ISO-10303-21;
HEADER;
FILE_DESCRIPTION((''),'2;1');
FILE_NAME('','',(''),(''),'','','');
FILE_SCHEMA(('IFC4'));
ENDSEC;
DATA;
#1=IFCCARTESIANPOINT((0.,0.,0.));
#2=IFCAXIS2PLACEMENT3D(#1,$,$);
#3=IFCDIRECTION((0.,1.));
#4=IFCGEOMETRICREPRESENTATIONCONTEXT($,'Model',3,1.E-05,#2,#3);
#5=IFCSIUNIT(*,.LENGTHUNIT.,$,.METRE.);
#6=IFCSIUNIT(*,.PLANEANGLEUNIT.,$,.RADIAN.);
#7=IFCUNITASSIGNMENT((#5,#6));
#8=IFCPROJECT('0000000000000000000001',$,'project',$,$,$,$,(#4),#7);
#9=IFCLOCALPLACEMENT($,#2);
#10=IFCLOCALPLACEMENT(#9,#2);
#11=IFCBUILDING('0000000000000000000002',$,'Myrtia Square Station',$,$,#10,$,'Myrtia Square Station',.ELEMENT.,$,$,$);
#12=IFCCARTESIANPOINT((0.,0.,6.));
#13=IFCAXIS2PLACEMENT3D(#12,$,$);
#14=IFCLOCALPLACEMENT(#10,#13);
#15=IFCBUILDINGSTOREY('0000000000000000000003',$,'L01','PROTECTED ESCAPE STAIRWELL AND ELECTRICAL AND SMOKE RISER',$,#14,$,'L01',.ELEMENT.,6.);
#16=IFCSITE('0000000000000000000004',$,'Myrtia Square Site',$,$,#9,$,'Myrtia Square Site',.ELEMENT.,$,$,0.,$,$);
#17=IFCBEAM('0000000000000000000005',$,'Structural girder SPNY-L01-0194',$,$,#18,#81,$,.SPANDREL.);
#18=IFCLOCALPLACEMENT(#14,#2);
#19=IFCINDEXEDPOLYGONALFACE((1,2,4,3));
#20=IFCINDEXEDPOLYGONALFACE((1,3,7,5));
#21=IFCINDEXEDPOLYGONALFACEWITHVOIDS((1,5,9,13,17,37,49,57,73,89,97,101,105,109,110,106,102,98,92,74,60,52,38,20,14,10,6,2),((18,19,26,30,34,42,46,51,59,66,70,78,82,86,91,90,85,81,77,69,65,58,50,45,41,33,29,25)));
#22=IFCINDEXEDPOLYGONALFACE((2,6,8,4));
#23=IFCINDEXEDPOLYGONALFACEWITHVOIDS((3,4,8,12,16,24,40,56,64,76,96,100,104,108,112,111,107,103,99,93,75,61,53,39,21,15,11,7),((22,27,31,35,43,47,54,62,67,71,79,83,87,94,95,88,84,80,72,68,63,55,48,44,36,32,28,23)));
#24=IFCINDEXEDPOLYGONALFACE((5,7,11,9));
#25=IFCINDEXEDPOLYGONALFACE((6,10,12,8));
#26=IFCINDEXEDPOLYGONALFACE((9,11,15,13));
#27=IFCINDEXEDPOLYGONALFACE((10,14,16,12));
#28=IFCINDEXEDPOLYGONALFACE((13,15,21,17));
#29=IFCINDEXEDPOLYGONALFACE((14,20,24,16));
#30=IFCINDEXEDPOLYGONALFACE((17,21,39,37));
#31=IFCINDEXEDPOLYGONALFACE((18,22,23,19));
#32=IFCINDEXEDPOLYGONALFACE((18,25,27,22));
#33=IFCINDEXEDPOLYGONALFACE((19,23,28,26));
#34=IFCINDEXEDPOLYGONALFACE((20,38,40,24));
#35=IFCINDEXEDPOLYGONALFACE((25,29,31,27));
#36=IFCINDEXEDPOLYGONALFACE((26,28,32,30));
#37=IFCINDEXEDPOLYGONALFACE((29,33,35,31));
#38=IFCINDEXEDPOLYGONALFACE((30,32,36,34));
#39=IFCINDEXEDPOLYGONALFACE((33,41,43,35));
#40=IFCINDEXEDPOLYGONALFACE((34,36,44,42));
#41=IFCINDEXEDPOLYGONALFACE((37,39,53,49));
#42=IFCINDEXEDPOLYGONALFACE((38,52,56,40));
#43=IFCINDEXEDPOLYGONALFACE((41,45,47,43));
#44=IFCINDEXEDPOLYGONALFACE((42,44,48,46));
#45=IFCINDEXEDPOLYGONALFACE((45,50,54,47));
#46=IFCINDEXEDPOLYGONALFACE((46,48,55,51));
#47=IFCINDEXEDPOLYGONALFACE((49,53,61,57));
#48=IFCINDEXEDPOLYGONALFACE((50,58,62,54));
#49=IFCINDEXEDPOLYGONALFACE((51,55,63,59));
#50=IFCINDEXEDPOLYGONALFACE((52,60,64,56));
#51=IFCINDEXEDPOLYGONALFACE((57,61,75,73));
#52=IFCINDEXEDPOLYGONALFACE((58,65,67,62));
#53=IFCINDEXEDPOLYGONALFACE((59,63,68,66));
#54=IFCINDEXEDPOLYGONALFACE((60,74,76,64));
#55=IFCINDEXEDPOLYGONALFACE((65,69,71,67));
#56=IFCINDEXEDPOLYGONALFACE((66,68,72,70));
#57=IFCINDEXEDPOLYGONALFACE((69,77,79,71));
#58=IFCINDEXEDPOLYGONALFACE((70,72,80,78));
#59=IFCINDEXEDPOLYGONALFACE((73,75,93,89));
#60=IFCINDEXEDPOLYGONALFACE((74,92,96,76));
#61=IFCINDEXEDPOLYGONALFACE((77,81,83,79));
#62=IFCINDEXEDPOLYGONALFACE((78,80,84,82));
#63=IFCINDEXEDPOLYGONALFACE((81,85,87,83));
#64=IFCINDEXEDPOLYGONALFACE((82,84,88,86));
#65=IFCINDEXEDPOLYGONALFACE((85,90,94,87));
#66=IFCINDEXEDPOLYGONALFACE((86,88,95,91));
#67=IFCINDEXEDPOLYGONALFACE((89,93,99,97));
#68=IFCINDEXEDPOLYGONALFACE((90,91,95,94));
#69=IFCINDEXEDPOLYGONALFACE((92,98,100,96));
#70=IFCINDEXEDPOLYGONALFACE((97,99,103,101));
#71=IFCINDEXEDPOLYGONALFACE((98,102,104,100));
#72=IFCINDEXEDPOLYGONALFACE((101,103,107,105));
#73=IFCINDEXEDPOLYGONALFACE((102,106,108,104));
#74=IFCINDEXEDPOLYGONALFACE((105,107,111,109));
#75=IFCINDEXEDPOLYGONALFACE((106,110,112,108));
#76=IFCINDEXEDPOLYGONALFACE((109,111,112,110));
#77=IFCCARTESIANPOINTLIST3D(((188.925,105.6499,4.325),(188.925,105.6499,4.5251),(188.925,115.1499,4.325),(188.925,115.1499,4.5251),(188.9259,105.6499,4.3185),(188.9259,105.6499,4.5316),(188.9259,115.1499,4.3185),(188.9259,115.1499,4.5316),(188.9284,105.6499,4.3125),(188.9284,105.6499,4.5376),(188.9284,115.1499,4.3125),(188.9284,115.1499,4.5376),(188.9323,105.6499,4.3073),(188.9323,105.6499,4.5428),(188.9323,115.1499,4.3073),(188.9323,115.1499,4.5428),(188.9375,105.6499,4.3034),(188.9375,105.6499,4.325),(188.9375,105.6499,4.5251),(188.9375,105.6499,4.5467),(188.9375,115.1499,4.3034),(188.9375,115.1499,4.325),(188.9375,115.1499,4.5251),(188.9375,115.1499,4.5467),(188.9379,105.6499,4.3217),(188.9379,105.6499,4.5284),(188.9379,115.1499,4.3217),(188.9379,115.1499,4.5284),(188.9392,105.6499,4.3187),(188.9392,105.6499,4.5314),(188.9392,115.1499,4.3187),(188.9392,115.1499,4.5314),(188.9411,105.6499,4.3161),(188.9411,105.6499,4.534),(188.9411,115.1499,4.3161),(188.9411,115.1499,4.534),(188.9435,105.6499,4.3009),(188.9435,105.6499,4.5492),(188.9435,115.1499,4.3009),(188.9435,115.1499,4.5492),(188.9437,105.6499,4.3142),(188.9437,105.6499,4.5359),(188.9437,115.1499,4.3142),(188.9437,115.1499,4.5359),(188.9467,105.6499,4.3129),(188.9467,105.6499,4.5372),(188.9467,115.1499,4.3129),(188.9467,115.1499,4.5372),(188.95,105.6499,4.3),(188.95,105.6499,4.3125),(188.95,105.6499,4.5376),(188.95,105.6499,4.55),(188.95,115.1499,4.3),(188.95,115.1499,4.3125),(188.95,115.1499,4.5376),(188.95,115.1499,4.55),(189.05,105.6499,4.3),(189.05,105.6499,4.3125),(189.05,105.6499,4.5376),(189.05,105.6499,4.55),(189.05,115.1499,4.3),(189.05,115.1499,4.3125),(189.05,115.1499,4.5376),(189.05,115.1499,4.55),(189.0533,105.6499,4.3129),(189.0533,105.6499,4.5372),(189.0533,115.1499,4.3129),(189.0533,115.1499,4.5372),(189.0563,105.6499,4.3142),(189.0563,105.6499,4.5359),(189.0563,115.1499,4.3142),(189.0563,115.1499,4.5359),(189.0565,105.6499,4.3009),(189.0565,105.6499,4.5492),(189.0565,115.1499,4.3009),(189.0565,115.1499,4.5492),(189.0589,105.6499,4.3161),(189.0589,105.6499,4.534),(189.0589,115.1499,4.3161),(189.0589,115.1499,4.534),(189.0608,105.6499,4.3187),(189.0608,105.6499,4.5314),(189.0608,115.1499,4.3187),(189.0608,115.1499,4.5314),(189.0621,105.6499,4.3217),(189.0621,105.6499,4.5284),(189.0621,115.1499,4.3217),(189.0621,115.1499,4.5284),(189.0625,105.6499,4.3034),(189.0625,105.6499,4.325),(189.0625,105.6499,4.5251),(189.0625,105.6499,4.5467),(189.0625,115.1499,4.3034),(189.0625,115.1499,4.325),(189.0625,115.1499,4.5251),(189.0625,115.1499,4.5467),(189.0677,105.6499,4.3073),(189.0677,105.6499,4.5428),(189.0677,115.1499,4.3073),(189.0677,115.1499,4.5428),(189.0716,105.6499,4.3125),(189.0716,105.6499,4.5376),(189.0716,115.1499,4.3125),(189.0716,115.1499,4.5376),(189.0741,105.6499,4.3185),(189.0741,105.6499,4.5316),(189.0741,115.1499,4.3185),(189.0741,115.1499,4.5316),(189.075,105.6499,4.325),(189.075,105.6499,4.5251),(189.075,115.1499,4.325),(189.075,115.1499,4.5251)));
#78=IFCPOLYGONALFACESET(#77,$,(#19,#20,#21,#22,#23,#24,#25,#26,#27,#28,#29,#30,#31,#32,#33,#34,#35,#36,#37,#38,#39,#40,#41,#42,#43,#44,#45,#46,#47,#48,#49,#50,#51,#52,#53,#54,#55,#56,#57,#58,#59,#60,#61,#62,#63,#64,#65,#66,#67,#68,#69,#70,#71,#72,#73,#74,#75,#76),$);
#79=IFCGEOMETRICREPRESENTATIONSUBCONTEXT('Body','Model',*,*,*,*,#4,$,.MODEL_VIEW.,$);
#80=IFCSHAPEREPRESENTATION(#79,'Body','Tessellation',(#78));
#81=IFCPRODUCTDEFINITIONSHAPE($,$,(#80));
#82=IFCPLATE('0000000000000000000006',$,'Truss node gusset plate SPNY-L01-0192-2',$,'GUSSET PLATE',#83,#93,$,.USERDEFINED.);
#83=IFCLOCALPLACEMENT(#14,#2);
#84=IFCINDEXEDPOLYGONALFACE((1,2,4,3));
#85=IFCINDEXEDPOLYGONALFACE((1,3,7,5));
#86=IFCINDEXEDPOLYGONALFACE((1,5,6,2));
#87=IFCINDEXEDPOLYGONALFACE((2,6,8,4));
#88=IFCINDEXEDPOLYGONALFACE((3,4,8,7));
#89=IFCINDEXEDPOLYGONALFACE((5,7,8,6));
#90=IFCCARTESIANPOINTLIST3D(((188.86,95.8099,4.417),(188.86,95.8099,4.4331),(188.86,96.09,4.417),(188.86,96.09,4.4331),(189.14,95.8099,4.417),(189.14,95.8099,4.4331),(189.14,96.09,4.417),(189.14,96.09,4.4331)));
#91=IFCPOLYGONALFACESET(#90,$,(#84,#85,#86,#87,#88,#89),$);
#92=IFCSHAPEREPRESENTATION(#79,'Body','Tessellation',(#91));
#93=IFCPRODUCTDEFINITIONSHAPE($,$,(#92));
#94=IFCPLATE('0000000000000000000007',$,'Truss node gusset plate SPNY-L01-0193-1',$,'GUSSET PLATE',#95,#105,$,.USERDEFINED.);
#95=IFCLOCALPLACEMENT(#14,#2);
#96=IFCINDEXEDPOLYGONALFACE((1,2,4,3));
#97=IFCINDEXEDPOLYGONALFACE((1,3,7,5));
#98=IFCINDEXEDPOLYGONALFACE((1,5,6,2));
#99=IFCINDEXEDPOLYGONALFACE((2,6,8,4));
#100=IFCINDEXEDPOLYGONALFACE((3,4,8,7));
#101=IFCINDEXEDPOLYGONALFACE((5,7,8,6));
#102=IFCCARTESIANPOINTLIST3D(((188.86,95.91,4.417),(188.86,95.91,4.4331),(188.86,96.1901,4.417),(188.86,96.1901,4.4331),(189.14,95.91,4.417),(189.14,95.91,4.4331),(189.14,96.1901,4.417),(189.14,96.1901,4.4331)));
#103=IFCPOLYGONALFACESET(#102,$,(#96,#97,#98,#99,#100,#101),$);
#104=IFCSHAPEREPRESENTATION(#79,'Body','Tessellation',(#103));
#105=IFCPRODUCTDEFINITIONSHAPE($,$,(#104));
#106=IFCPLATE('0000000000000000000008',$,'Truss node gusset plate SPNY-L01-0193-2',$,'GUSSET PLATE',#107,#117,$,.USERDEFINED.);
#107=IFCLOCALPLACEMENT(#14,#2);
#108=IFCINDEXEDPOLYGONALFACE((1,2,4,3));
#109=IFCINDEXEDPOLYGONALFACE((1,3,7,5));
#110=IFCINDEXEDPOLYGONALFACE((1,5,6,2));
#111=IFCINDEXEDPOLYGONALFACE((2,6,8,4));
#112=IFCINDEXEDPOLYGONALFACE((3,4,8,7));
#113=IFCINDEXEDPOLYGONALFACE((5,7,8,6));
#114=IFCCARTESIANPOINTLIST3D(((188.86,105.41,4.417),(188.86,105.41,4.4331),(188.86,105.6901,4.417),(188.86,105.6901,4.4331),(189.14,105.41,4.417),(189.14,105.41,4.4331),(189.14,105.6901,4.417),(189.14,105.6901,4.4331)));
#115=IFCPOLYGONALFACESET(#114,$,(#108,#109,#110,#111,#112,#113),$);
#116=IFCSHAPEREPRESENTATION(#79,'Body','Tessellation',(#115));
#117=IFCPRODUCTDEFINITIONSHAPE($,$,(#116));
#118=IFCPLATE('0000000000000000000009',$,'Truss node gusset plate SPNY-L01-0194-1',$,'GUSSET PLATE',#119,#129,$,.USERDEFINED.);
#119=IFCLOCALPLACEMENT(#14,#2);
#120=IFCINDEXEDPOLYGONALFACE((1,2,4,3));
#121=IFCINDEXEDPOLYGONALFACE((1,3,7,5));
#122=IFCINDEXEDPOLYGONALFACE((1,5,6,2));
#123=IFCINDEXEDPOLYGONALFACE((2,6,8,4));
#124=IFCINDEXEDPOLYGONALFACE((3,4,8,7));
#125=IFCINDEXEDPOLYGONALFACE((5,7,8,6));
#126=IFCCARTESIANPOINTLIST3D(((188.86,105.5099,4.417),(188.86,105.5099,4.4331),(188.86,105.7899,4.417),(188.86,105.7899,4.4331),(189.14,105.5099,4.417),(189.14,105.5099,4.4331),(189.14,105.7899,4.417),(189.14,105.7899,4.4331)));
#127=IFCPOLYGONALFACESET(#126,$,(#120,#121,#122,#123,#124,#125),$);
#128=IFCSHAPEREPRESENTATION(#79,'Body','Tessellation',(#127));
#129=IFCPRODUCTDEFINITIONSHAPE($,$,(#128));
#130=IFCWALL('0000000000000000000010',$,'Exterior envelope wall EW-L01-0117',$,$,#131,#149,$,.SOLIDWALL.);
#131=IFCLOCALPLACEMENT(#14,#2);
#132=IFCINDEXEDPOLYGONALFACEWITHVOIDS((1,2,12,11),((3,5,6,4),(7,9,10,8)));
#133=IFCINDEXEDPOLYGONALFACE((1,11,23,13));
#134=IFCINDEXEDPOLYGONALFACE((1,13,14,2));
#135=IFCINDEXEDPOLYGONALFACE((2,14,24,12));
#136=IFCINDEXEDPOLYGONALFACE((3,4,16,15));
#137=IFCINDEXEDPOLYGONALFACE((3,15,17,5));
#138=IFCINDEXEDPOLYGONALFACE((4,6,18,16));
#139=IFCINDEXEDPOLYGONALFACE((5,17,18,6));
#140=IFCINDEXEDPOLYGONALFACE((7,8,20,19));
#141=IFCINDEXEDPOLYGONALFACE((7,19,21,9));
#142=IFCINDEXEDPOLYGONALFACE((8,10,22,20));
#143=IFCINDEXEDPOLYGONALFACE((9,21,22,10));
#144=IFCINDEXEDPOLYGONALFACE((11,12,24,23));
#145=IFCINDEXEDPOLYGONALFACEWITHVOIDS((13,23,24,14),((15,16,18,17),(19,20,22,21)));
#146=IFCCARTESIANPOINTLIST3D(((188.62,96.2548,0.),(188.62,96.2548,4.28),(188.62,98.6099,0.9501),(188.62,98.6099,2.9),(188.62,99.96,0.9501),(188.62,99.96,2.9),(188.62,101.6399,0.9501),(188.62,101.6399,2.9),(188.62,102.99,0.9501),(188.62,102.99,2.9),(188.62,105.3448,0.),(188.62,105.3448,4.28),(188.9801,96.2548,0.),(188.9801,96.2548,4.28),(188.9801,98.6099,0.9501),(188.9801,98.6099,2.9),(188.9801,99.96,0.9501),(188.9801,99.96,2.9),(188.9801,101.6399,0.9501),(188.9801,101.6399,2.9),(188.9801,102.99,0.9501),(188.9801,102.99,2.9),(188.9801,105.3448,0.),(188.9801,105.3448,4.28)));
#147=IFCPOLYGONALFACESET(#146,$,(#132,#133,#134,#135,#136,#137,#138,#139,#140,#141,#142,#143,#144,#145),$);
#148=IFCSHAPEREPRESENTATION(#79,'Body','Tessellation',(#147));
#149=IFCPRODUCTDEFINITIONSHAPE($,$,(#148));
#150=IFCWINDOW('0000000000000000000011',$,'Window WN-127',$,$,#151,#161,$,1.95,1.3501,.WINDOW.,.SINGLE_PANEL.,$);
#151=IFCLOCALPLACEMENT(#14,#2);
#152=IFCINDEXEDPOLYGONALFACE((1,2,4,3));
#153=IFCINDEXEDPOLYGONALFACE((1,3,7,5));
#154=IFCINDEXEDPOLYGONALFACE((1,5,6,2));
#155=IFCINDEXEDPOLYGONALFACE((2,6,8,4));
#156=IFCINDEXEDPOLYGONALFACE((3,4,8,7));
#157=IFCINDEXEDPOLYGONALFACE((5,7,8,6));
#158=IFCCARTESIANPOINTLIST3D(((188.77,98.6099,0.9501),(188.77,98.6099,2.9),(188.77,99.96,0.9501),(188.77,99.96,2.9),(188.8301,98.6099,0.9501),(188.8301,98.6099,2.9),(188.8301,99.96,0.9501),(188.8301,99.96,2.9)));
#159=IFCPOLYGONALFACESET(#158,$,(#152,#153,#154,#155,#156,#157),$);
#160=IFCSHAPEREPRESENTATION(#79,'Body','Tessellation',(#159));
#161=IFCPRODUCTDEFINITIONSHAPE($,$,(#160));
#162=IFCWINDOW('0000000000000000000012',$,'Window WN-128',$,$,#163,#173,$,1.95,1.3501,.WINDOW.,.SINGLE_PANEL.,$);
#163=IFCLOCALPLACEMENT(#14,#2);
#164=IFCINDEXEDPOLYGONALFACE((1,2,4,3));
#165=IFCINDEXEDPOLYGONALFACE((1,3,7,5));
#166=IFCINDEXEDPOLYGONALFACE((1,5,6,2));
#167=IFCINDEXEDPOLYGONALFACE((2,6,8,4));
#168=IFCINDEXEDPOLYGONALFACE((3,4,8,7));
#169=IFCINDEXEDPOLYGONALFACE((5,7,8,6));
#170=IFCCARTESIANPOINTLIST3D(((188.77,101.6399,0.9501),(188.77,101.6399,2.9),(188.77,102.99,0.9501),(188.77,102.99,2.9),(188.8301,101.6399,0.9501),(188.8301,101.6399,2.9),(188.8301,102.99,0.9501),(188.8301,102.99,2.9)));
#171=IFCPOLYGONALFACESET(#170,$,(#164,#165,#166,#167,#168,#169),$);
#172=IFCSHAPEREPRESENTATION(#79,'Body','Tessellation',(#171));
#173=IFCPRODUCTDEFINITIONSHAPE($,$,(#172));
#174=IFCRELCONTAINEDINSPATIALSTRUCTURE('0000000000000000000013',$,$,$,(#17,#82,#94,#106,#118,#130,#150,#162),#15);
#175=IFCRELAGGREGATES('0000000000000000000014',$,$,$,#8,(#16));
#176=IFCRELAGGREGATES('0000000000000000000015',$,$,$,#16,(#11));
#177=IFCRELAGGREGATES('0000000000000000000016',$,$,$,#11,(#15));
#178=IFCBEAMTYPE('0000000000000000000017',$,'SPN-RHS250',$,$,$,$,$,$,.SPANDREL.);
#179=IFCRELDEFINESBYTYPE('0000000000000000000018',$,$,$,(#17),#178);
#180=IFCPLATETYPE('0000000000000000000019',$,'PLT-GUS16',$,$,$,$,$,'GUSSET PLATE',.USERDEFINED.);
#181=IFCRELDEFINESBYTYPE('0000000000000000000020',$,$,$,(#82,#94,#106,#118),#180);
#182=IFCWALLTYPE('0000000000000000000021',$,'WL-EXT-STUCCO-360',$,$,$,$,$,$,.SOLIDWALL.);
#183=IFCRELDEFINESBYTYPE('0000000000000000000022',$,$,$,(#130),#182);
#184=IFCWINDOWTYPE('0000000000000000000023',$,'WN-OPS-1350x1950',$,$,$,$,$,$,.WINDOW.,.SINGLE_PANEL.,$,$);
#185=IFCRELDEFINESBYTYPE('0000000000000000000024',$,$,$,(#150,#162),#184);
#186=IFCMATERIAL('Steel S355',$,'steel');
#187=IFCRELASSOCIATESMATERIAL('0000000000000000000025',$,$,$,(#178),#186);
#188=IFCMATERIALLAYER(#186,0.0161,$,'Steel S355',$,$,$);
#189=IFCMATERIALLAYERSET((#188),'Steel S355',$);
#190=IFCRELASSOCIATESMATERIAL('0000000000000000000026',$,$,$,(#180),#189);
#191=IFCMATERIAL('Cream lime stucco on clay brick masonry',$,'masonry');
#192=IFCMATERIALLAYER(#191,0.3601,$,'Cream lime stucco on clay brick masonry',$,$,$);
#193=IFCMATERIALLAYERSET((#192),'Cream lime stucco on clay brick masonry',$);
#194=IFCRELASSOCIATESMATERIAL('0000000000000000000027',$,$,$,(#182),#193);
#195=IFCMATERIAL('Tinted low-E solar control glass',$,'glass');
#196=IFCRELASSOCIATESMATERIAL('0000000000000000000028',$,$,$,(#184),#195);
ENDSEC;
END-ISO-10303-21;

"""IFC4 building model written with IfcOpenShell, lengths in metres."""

from ifc_helpers import new_model, si_unit, direction, frame, frame_2d, origin, origin_2d, place, context, subcontext, project, spatial, rectangle, hollow_rectangle, extrude, material, layer, layer_set, material_profile, profile_set, type_object, element, fill, save


model = new_model("IFC4")

# Units and contexts
model_context = context("Model", 3, precision=1e-05, world=origin(), true_north=direction((0.0, 1.0)))
body_context = subcontext(model_context, "Body", "Model", "MODEL_VIEW")
ifc_project = project(units=[si_unit("LENGTHUNIT", "METRE"), si_unit("PLANEANGLEUNIT", "RADIAN")], contexts=[model_context])

# Site, building, storey
site_placement = place(None, origin())
site = spatial("IfcSite", under=ifc_project, at=site_placement, Name="Myrtia Square Site", LongName="Myrtia Square Site", CompositionType="ELEMENT", RefElevation=0.0)
building_placement = place(site_placement, origin())
building = spatial("IfcBuilding", under=site, at=building_placement, Name="Myrtia Square Station", LongName="Myrtia Square Station", CompositionType="ELEMENT")
storey_placement = place(building_placement, frame((0.0, 0.0, 6.0)))
storey = spatial("IfcBuildingStorey", under=building, at=storey_placement, Name="L01", Description="PROTECTED ESCAPE STAIRWELL AND ELECTRICAL AND SMOKE RISER", LongName="L01", CompositionType="ELEMENT", Elevation=6.0)

# Shared definitions
ifc_material_1 = material(Name="Steel S355", Category="steel")

# Beam
ifc_material_profile_1 = material_profile(ifc_material_1, hollow_rectangle(XDim=0.1499, YDim=0.25, WallThickness=0.0125, InnerFilletRadius=0.0125, OuterFilletRadius=0.0249, at=origin_2d()), Name="RHS 250x150x12.5")
ifc_profile_set_1 = profile_set([ifc_material_profile_1], Name="Steel S355")
beam_type_1 = type_object("IfcBeamType", Name="SPN-RHS250", PredefinedType="SPANDREL", material=ifc_profile_set_1)
for number, where, z_axis, x_axis, name in (
    (1, (189.0, 105.6499, 4.425), (0.0, 1.0, 0.0), (-1.0, 0.0, 0.0), "Structural girder SPNY-L01-0194"),
):
    element("IfcBeam", number, at=place(storey_placement, frame(where, z_axis=z_axis, x_axis=x_axis)), inside=storey, type_object=beam_type_1, Name=name, PredefinedType="SPANDREL", context=body_context, shape_type="SweptSolid", body=[
        extrude(hollow_rectangle(XDim=0.1499, YDim=0.25, WallThickness=0.0125, InnerFilletRadius=0.0125, OuterFilletRadius=0.0249, at=origin_2d()), origin(), (0.0, 0.0, 1.0), 9.5),
    ])

# Plates
ifc_layer_1 = layer(ifc_material_1, 0.0161, Name="Steel S355")
ifc_layer_set_1 = layer_set([ifc_layer_1], Name="Steel S355")
plate_type = type_object("IfcPlateType", Name="PLT-GUS16", ElementType="GUSSET PLATE", PredefinedType="USERDEFINED", material=ifc_layer_set_1)
for number, where, z_axis, x_axis, name in (
    (2, (189.0, 95.95, 4.417), (0.0, 0.0, 1.0), (0.0, 1.0, 0.0), "Truss node gusset plate SPNY-L01-0192-2"),
    (3, (189.0, 96.05, 4.417), (0.0, 0.0, 1.0), (0.0, 1.0, 0.0), "Truss node gusset plate SPNY-L01-0193-1"),
    (4, (189.0, 105.55, 4.417), (0.0, 0.0, 1.0), (0.0, 1.0, 0.0), "Truss node gusset plate SPNY-L01-0193-2"),
    (5, (189.0, 105.6499, 4.417), (0.0, 0.0, 1.0), (0.0, 1.0, 0.0), "Truss node gusset plate SPNY-L01-0194-1"),
):
    element("IfcPlate", number, at=place(storey_placement, frame(where, z_axis=z_axis, x_axis=x_axis)), inside=storey, type_object=plate_type, Name=name, ObjectType="GUSSET PLATE", PredefinedType="USERDEFINED", context=body_context, shape_type="SweptSolid", body=[
        extrude(rectangle(XDim=0.28, YDim=0.28, at=origin_2d()), origin(), (0.0, 0.0, 1.0), 0.0161),
    ])

# Wall, openings, windows
ifc_material_2 = material(Name="Cream lime stucco on clay brick masonry", Category="masonry")
ifc_layer_2 = layer(ifc_material_2, 0.3601, Name="Cream lime stucco on clay brick masonry")
ifc_layer_set_2 = layer_set([ifc_layer_2], Name="Cream lime stucco on clay brick masonry")
wall_type = type_object("IfcWallType", Name="WL-EXT-STUCCO-360", PredefinedType="SOLIDWALL", material=ifc_layer_set_2)
wall_1_placement = place(storey_placement, frame((188.8, 96.2549, 0.0), z_axis=(0.0, 0.0, 1.0), x_axis=(0.0, 1.0, 0.0)))
wall_1 = element("IfcWall", 6, at=wall_1_placement, inside=storey, type_object=wall_type, Name="Exterior envelope wall EW-L01-0117", PredefinedType="SOLIDWALL", context=body_context, shape_type="SweptSolid", body=[
    extrude(rectangle(XDim=9.0901, YDim=0.3601, at=frame_2d((4.5449, 0.0))), origin(), (0.0, 0.0, 1.0), 4.28),
])
opening_1_placement = place(wall_1_placement, frame((2.355, 0.0, 0.95)))
opening_1 = element("IfcOpeningElement", 7, at=opening_1_placement, cuts=wall_1, PredefinedType="OPENING", context=body_context, shape_type="SweptSolid", body=[
    extrude(rectangle(XDim=1.3501, YDim=1.95, at=frame_2d((0.675, 0.9751))), frame((0.0, 0.1951, 0.0), z_axis=(0.0, -1.0, 0.0), x_axis=(1.0, 0.0, 0.0)), (0.0, 0.0, 1.0), 0.3901),
])
opening_2_placement = place(wall_1_placement, frame((5.385, 0.0, 0.95)))
opening_2 = element("IfcOpeningElement", 8, at=opening_2_placement, cuts=wall_1, PredefinedType="OPENING", context=body_context, shape_type="SweptSolid", body=[
    extrude(rectangle(XDim=1.3501, YDim=1.95, at=frame_2d((0.675, 0.9751))), frame((0.0, 0.1951, 0.0), z_axis=(0.0, -1.0, 0.0), x_axis=(1.0, 0.0, 0.0)), (0.0, 0.0, 1.0), 0.3901),
])
ifc_material_3 = material(Name="Tinted low-E solar control glass", Category="glass")
window_type = type_object("IfcWindowType", Name="WN-OPS-1350x1950", PartitioningType="SINGLE_PANEL", PredefinedType="WINDOW", material=ifc_material_3)
window_1_placement = place(opening_1_placement, origin())
window_1 = element("IfcWindow", 9, at=window_1_placement, inside=storey, type_object=window_type, Name="Window WN-127", OverallHeight=1.95, OverallWidth=1.3501, PartitioningType="SINGLE_PANEL", PredefinedType="WINDOW", context=body_context, shape_type="SweptSolid", body=[
    extrude(rectangle(XDim=1.3501, YDim=1.95, at=frame_2d((0.675, 0.9751))), frame((0.0, 0.03, 0.0), z_axis=(0.0, -1.0, 0.0), x_axis=(1.0, 0.0, 0.0)), (0.0, 0.0, 1.0), 0.0601),
])
fill(opening_1, window_1)
window_2_placement = place(opening_2_placement, origin())
window_2 = element("IfcWindow", 10, at=window_2_placement, inside=storey, type_object=window_type, Name="Window WN-128", OverallHeight=1.95, OverallWidth=1.3501, PartitioningType="SINGLE_PANEL", PredefinedType="WINDOW", context=body_context, shape_type="SweptSolid", body=[
    extrude(rectangle(XDim=1.3501, YDim=1.95, at=frame_2d((0.675, 0.9751))), frame((0.0, 0.03, 0.0), z_axis=(0.0, -1.0, 0.0), x_axis=(1.0, 0.0, 0.0)), (0.0, 0.0, 1.0), 0.0601),
])
fill(opening_2, window_2)

save(model, "model.ifc")
